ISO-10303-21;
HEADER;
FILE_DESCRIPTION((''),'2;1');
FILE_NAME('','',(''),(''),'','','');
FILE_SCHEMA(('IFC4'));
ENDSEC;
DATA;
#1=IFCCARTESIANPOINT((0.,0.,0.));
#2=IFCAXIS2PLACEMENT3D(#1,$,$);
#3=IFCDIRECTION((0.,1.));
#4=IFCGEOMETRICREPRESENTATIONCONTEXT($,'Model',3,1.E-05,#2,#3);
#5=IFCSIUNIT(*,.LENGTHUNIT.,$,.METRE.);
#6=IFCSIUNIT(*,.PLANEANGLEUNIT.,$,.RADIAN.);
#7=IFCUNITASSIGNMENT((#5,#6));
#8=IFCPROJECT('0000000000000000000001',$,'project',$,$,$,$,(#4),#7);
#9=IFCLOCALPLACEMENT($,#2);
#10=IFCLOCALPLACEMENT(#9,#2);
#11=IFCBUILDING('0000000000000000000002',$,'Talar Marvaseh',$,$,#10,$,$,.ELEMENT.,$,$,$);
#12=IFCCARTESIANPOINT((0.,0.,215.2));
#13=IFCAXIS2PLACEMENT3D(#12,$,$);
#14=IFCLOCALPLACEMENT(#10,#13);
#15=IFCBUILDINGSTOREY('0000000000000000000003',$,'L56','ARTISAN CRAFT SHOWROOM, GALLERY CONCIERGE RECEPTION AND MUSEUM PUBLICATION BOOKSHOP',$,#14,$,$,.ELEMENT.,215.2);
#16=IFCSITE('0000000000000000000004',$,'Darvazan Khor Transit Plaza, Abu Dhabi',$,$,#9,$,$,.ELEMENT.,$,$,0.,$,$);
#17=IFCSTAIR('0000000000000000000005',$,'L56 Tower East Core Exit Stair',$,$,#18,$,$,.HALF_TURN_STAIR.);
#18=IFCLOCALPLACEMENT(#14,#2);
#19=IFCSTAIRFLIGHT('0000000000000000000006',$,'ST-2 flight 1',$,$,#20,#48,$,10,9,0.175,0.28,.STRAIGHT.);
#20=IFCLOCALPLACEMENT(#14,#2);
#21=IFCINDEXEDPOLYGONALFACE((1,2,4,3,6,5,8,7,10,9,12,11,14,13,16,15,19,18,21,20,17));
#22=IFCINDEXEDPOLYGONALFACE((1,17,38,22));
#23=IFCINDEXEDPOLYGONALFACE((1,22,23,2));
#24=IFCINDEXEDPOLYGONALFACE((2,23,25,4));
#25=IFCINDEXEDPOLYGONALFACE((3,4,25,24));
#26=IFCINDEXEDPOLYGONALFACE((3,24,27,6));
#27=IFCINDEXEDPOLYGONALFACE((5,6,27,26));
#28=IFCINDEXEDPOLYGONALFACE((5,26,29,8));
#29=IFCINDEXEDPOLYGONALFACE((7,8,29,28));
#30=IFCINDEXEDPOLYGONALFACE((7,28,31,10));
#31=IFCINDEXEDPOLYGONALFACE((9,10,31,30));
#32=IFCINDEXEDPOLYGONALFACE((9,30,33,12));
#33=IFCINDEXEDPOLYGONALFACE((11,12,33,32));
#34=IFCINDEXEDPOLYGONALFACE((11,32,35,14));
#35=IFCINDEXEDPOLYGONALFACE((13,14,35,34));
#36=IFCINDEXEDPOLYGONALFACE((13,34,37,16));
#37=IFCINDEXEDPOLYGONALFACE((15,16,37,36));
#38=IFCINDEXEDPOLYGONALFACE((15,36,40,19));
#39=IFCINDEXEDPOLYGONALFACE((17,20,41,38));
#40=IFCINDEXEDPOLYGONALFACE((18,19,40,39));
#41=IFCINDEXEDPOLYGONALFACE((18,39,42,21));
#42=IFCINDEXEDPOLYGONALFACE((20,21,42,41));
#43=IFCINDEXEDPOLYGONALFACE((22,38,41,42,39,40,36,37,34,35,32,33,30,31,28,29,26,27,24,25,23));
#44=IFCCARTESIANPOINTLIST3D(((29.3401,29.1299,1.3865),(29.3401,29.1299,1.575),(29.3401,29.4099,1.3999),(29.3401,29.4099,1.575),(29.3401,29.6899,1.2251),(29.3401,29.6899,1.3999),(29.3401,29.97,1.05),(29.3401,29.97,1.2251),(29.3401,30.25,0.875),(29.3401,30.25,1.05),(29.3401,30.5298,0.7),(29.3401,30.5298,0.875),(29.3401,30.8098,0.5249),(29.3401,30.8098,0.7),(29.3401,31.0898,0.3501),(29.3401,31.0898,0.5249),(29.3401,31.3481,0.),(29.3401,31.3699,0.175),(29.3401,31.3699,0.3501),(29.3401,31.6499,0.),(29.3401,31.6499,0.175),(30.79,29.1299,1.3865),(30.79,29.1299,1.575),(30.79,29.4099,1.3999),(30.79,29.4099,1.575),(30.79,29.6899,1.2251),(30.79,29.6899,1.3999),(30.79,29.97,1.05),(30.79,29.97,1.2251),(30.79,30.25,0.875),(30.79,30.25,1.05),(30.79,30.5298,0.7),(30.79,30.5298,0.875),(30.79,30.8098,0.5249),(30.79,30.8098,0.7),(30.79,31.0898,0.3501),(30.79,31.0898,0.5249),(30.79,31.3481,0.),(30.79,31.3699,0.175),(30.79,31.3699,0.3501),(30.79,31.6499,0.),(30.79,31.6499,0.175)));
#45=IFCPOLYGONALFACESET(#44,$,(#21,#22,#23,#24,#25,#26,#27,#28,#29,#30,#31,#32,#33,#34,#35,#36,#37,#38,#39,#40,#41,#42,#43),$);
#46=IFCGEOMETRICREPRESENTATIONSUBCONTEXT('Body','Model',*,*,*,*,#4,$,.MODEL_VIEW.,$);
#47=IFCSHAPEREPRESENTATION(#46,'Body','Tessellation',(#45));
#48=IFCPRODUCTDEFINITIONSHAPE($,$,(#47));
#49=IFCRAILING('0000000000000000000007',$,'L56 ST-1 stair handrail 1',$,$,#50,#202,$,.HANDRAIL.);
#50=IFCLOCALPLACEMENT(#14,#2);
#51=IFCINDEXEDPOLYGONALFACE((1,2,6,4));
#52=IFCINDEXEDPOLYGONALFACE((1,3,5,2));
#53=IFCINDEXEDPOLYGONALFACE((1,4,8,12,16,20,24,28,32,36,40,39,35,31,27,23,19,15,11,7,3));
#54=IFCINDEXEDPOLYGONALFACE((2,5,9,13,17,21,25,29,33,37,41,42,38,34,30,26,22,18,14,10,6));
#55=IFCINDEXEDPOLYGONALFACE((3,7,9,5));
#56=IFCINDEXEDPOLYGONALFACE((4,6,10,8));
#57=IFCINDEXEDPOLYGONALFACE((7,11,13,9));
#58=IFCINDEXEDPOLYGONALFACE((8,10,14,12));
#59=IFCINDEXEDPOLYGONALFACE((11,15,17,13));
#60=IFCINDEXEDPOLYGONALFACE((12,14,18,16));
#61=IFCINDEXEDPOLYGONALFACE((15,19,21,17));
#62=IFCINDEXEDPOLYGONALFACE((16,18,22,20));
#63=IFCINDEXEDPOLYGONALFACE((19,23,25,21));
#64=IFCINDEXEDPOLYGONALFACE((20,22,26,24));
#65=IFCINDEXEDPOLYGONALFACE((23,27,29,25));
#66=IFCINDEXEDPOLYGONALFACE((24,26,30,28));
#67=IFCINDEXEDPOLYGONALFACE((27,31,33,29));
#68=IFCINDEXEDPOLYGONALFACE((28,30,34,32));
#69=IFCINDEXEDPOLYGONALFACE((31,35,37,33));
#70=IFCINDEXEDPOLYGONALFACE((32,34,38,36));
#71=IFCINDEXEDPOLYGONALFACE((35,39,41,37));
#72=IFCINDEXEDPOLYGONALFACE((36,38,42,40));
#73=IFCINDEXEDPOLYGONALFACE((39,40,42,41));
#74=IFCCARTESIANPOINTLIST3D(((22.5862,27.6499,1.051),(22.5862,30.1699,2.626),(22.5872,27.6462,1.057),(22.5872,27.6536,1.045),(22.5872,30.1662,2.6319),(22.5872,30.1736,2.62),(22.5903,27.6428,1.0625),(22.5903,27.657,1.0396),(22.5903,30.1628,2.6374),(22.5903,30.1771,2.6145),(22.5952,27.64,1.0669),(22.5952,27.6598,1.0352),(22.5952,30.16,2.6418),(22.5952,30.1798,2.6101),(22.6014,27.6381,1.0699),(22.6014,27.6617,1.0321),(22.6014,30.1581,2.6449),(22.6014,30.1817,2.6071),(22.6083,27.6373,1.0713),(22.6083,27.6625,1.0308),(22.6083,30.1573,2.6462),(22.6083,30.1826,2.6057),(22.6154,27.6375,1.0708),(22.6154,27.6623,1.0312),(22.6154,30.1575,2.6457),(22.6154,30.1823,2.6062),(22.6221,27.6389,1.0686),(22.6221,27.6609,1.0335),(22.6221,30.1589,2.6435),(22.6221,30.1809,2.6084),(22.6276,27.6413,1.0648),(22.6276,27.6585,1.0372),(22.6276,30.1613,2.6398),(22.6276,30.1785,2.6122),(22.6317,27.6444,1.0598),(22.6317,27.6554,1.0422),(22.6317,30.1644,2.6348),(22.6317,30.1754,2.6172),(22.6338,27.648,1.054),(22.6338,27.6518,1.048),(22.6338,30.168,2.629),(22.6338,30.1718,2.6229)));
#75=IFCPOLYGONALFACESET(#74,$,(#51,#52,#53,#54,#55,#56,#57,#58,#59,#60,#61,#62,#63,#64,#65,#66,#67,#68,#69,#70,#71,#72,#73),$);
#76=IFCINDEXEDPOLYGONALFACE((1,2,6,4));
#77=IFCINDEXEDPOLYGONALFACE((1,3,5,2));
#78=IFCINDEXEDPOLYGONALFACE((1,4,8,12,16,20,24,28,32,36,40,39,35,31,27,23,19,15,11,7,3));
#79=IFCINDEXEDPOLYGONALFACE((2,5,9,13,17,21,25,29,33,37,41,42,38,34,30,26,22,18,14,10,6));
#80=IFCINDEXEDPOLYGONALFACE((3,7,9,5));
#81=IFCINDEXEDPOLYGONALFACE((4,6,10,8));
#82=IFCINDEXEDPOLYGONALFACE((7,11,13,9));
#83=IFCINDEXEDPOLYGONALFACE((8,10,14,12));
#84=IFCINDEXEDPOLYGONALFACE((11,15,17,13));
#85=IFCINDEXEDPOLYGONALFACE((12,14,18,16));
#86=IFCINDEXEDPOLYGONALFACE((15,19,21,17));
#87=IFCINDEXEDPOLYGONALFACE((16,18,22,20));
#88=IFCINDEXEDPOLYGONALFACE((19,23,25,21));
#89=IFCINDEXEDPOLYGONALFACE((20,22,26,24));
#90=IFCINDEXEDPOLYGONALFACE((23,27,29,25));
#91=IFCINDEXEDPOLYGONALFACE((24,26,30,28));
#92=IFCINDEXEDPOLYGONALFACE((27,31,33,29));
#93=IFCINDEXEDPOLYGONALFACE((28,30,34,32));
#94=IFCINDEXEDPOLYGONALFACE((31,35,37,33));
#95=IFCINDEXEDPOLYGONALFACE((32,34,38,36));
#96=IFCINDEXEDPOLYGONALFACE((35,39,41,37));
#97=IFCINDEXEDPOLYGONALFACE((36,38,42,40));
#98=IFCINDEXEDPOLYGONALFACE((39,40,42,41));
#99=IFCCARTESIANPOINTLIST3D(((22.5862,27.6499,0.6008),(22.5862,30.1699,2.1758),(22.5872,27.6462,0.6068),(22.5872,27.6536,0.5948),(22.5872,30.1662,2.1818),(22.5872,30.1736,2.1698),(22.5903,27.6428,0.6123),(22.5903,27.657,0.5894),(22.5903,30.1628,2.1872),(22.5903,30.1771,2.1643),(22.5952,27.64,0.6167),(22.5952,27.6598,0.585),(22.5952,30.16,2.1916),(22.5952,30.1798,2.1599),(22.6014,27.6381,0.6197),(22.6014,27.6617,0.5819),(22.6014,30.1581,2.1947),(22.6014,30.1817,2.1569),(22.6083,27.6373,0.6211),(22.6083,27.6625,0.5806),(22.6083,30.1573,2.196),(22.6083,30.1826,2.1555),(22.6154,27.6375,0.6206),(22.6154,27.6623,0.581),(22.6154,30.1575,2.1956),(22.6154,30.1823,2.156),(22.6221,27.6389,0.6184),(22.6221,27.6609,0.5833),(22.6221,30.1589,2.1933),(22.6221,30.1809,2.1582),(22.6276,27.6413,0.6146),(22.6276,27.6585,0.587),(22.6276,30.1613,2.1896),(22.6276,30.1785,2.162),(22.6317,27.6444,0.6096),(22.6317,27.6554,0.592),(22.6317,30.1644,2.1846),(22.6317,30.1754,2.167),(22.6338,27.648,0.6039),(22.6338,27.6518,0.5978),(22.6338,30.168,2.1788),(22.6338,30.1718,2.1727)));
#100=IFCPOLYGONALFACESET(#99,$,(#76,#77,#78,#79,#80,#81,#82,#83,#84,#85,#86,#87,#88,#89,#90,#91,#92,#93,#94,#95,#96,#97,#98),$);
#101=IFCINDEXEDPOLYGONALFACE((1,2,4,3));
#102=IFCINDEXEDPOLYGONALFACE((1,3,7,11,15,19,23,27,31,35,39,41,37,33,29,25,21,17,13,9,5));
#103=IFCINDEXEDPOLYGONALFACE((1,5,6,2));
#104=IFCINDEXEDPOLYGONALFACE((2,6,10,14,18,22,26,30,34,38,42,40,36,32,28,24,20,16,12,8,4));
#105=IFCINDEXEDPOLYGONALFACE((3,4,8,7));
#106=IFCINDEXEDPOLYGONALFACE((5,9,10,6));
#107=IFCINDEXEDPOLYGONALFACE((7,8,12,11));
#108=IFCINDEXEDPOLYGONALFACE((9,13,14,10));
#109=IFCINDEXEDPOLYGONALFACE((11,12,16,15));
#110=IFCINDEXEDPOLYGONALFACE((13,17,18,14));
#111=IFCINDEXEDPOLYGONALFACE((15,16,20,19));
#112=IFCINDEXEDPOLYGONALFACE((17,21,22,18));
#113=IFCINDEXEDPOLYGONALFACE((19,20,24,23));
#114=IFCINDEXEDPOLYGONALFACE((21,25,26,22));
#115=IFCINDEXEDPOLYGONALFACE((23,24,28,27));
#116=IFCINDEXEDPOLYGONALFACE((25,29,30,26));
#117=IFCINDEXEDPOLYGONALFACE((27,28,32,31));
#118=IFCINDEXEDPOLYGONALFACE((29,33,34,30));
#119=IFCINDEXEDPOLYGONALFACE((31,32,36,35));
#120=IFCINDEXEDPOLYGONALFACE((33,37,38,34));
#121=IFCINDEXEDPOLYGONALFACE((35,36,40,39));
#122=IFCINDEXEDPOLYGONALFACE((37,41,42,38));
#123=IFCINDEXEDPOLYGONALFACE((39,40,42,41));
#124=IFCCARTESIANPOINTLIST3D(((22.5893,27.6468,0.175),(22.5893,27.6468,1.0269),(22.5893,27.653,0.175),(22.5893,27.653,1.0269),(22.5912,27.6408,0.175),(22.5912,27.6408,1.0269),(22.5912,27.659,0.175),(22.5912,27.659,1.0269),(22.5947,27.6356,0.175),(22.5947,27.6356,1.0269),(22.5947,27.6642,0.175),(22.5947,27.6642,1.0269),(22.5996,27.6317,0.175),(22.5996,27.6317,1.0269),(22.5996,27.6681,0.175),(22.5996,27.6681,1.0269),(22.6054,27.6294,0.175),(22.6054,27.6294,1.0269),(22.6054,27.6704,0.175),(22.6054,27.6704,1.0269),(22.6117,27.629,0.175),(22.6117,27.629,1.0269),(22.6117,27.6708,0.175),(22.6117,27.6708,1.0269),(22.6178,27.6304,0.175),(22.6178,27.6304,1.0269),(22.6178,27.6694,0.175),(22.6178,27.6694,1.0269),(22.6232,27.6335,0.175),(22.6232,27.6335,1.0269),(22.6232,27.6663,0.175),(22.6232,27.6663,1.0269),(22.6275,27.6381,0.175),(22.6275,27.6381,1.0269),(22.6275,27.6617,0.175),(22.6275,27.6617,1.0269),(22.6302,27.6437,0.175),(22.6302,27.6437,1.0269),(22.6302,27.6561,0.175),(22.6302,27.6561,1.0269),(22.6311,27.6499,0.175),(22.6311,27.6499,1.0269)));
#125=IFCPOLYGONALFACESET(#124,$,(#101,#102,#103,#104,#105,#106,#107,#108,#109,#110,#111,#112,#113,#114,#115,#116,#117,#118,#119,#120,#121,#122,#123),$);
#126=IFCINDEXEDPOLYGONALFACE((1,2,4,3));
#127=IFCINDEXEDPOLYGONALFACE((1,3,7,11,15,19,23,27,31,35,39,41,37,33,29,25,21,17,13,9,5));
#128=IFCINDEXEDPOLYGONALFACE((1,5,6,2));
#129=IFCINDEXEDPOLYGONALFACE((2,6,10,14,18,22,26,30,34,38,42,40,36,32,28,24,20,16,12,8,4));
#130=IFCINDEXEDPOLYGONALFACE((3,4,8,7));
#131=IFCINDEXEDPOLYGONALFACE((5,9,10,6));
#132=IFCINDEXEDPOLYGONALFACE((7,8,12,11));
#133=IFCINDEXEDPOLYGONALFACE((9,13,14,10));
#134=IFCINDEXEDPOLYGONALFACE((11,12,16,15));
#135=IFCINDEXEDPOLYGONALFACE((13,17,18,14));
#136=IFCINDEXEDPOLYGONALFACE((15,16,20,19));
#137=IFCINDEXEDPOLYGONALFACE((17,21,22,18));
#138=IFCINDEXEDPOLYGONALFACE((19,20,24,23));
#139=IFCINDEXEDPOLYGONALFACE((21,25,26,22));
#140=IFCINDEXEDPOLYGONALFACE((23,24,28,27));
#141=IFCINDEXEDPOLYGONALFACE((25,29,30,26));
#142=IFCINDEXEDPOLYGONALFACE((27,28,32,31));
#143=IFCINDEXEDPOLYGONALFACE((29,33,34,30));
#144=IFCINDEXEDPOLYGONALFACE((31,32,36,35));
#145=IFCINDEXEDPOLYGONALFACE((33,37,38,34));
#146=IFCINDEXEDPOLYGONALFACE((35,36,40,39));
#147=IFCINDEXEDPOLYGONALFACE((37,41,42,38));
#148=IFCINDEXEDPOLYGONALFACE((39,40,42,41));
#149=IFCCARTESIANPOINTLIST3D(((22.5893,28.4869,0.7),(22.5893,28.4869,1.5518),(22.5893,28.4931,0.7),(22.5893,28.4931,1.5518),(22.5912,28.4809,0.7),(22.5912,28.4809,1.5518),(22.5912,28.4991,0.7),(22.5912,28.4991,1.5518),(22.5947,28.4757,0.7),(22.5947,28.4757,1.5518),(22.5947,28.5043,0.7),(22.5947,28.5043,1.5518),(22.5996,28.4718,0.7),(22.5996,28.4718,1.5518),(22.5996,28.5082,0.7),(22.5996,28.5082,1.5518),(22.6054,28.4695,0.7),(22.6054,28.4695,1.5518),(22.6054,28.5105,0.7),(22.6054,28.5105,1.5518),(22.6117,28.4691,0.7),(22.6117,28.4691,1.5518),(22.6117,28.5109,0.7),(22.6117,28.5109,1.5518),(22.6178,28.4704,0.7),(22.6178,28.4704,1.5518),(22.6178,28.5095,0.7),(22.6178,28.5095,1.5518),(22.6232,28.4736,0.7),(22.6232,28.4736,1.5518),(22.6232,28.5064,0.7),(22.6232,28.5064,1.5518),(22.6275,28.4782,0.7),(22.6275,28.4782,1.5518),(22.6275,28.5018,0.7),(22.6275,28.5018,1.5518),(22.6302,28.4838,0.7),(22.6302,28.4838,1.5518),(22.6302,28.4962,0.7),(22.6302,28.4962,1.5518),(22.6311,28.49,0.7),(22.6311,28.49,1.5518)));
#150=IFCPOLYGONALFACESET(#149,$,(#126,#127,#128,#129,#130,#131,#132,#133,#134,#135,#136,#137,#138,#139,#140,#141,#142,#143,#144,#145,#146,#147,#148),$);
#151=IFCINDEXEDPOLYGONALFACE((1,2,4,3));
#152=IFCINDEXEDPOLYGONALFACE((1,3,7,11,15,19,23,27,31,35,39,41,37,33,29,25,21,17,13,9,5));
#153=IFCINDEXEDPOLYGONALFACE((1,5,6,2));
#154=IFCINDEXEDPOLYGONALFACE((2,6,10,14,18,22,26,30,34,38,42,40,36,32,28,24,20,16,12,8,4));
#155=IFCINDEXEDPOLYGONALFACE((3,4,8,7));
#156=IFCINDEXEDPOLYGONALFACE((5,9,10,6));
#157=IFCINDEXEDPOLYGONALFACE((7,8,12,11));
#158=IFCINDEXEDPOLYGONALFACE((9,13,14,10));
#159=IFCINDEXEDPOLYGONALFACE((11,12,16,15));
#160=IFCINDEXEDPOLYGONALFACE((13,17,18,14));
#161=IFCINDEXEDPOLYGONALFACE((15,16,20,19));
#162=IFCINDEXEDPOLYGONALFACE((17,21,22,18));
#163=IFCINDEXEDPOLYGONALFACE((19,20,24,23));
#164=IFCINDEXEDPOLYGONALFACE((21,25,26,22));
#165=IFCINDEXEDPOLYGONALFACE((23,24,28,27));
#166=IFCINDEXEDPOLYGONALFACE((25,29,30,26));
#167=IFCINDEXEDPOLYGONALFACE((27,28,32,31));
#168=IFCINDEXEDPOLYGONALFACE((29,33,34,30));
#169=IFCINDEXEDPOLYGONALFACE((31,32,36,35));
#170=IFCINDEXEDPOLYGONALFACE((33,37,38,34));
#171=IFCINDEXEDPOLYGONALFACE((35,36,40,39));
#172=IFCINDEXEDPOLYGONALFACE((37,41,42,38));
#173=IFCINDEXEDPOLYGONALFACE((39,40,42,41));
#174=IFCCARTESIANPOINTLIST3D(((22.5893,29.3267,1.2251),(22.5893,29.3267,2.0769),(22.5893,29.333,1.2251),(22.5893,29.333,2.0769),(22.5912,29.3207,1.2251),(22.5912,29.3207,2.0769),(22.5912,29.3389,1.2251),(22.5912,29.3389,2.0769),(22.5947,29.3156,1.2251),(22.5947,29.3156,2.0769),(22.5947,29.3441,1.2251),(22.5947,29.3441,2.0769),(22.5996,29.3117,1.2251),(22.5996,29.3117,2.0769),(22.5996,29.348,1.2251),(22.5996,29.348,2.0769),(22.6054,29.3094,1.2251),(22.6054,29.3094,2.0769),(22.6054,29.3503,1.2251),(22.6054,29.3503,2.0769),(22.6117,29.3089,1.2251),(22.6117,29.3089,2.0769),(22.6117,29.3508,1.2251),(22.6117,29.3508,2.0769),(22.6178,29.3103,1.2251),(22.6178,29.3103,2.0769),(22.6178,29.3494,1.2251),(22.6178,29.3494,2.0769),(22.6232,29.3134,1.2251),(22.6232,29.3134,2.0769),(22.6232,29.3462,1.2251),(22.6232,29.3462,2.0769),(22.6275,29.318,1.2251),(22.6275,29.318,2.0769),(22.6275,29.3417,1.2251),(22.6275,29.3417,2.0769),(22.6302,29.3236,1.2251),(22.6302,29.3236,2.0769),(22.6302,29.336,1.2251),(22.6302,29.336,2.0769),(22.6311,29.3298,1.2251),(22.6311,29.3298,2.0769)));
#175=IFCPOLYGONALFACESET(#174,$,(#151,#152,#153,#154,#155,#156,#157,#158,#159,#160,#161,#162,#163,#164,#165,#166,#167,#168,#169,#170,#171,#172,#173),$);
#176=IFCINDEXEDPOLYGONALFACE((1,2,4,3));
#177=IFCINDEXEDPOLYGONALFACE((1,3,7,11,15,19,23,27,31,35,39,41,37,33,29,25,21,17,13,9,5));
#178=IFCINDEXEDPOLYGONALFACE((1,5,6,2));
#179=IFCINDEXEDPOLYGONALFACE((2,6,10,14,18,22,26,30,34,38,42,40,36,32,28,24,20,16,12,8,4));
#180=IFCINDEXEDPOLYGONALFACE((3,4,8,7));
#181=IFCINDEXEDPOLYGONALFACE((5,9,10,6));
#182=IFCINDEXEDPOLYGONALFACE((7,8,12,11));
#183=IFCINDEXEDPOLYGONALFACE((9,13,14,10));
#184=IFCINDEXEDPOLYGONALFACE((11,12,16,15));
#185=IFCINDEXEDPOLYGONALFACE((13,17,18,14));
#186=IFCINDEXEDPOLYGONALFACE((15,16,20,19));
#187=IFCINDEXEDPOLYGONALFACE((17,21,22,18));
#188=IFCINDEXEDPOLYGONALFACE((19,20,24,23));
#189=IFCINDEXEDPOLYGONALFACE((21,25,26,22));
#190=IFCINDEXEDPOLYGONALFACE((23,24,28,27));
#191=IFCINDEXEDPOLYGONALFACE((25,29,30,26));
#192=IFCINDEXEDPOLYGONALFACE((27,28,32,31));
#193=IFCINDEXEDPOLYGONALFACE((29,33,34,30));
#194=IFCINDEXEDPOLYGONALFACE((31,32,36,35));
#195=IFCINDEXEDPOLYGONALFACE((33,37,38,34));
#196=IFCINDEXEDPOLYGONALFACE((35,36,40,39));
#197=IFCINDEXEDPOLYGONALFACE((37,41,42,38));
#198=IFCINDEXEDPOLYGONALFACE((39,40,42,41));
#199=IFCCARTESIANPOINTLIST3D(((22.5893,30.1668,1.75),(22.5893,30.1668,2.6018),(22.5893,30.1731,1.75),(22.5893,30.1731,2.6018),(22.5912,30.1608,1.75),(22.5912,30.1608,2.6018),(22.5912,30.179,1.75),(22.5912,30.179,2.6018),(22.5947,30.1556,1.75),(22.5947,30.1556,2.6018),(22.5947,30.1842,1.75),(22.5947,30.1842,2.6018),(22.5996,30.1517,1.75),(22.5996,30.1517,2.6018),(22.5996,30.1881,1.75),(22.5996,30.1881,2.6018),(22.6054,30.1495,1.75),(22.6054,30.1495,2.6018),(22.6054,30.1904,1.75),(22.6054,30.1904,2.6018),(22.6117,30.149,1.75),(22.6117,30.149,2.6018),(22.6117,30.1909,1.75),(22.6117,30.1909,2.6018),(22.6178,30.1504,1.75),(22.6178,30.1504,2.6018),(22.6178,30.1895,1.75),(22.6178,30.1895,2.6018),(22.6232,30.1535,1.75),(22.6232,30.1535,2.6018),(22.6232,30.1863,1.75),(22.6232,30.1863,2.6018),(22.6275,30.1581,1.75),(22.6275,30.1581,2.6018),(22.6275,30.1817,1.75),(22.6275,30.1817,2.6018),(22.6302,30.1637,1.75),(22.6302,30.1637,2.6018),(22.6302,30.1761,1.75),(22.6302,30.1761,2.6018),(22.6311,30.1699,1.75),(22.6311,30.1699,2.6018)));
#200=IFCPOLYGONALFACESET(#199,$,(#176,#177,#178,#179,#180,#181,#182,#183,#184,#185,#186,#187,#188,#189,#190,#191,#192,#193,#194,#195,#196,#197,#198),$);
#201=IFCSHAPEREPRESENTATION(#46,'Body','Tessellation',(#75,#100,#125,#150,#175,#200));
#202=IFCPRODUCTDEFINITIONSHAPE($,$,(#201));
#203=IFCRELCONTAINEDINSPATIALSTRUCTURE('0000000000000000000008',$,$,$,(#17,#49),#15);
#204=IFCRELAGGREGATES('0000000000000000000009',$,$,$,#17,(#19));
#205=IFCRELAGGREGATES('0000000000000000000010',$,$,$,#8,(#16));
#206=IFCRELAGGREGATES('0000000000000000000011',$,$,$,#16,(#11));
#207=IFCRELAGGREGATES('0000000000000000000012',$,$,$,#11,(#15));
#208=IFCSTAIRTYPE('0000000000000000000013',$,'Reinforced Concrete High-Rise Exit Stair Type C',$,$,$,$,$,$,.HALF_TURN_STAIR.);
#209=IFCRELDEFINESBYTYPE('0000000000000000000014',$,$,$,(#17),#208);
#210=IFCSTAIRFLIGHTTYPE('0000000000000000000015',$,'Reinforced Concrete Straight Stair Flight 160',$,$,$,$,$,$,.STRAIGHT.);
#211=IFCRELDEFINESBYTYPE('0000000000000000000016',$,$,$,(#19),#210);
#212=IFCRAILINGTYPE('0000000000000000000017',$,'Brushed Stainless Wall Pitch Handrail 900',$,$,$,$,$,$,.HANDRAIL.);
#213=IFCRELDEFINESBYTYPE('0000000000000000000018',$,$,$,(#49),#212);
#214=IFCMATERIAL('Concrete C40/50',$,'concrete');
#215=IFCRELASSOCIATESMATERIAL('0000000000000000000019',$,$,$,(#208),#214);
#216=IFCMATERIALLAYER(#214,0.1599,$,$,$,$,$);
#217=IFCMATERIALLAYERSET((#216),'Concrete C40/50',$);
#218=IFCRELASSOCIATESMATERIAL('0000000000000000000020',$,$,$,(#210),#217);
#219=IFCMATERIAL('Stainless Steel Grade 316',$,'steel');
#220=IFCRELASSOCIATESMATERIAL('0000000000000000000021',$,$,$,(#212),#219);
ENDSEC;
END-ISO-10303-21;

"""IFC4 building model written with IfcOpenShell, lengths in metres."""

from ifc_helpers import new_model, si_unit, direction, frame, origin, origin_2d, place, context, subcontext, project, spatial, polyline, circle, outline, extrude, material, layer, layer_set, type_object, element, aggregate, save


model = new_model("IFC4")

# Units and contexts
model_context = context("Model", 3, precision=1e-05, world=origin(), true_north=direction((0.0, 1.0)))
body_context = subcontext(model_context, "Body", "Model", "MODEL_VIEW")
ifc_project = project(units=[si_unit("LENGTHUNIT", "METRE"), si_unit("PLANEANGLEUNIT", "RADIAN")], contexts=[model_context])

# Site, building, storey
site_placement = place(None, origin())
site = spatial("IfcSite", under=ifc_project, at=site_placement, Name="Darvazan Khor Transit Plaza, Abu Dhabi", CompositionType="ELEMENT", RefElevation=0.0)
building_placement = place(site_placement, origin())
building = spatial("IfcBuilding", under=site, at=building_placement, Name="Talar Marvaseh", CompositionType="ELEMENT")
storey_placement = place(building_placement, frame((0.0, 0.0, 215.2)))
storey = spatial("IfcBuildingStorey", under=building, at=storey_placement, Name="L56", Description="ARTISAN CRAFT SHOWROOM, GALLERY CONCIERGE RECEPTION AND MUSEUM PUBLICATION BOOKSHOP", CompositionType="ELEMENT", Elevation=215.2)

# Shared definitions
ifc_material_1 = material(Name="Concrete C40/50", Category="concrete")

# Shared definitions
ifc_material_2 = material(Name="Stainless Steel Grade 316", Category="steel")

# Stair, stair flight
stair_type = type_object("IfcStairType", Name="Reinforced Concrete High-Rise Exit Stair Type C", PredefinedType="HALF_TURN_STAIR", material=ifc_material_1)
stair_placement = place(storey_placement, origin())
stair = element("IfcStair", 1, at=stair_placement, inside=storey, type_object=stair_type, Name="L56 Tower East Core Exit Stair", PredefinedType="HALF_TURN_STAIR")
ifc_layer_1 = layer(ifc_material_1, 0.1599)
ifc_layer_set_1 = layer_set([ifc_layer_1], Name="Concrete C40/50")
stair_flight_type = type_object("IfcStairFlightType", Name="Reinforced Concrete Straight Stair Flight 160", PredefinedType="STRAIGHT", material=ifc_layer_set_1)
stair_flight_placement = place(storey_placement, frame((30.0649, 31.6499, 0.0), z_axis=(0.0, 0.0, 1.0), x_axis=(0.0, -1.0, 0.0)))
stair_flight = element("IfcStairFlight", 2, at=stair_flight_placement, type_object=stair_flight_type, Name="ST-2 flight 1", NumberOfRisers=10, NumberOfTreads=9, PredefinedType="STRAIGHT", RiserHeight=0.175, TreadLength=0.28, context=body_context, shape_type="SweptSolid", body=[
    extrude(outline(polyline([(0.0, 0.0), (0.0, 0.175), (0.28, 0.175), (0.28, 0.3501), (0.5601, 0.3501), (0.5601, 0.5249), (0.8401, 0.5249), (0.8401, 0.7), (1.1201, 0.7), (1.1201, 0.875), (1.3999, 0.875), (1.3999, 1.05), (1.6799, 1.05), (1.6799, 1.2251), (1.96, 1.2251), (1.96, 1.3999), (2.24, 1.3999), (2.24, 1.575), (2.52, 1.575), (2.52, 1.75), (2.52, 1.3865), (0.3018, 0.0), (0.0, 0.0)])), frame((0.0, 0.7251, 0.0), z_axis=(0.0, -1.0, 0.0), x_axis=(1.0, 0.0, 0.0)), (0.0, 0.0, 1.0), 1.45),
])
aggregate(stair, [stair_flight])

# Railing
railing_type_1 = type_object("IfcRailingType", Name="Brushed Stainless Wall Pitch Handrail 900", PredefinedType="HANDRAIL", material=ifc_material_2)
railing_1_placement = place(storey_placement, frame((22.6101, 27.6499, 0.175)))
element("IfcRailing", 3, at=railing_1_placement, inside=storey, type_object=railing_type_1, Name="L56 ST-1 stair handrail 1", PredefinedType="HANDRAIL", context=body_context, shape_type="SweptSolid", body=[
    extrude(circle(Radius=0.0239, at=origin_2d()), frame((0.0, 0.0, 0.876), z_axis=(0.0, 0.848008, 0.529984), x_axis=(-1.0, 0.0, 0.0)), (0.0, 0.0, 1.0), 2.9717),
    extrude(circle(Radius=0.0239, at=origin_2d()), frame((0.0, 0.0, 0.4258), z_axis=(0.0, 0.848008, 0.529984), x_axis=(-1.0, 0.0, 0.0)), (0.0, 0.0, 1.0), 2.9717),
    extrude(circle(Radius=0.021, at=origin_2d()), origin(), (0.0, 0.0, 1.0), 0.8518),
    extrude(circle(Radius=0.021, at=origin_2d()), frame((0.0, 0.8401, 0.5249)), (0.0, 0.0, 1.0), 0.8518),
    extrude(circle(Radius=0.021, at=origin_2d()), frame((0.0, 1.6799, 1.05)), (0.0, 0.0, 1.0), 0.8518),
    extrude(circle(Radius=0.021, at=origin_2d()), frame((0.0, 2.52, 1.575)), (0.0, 0.0, 1.0), 0.8518),
])

save(model, "model.ifc")
